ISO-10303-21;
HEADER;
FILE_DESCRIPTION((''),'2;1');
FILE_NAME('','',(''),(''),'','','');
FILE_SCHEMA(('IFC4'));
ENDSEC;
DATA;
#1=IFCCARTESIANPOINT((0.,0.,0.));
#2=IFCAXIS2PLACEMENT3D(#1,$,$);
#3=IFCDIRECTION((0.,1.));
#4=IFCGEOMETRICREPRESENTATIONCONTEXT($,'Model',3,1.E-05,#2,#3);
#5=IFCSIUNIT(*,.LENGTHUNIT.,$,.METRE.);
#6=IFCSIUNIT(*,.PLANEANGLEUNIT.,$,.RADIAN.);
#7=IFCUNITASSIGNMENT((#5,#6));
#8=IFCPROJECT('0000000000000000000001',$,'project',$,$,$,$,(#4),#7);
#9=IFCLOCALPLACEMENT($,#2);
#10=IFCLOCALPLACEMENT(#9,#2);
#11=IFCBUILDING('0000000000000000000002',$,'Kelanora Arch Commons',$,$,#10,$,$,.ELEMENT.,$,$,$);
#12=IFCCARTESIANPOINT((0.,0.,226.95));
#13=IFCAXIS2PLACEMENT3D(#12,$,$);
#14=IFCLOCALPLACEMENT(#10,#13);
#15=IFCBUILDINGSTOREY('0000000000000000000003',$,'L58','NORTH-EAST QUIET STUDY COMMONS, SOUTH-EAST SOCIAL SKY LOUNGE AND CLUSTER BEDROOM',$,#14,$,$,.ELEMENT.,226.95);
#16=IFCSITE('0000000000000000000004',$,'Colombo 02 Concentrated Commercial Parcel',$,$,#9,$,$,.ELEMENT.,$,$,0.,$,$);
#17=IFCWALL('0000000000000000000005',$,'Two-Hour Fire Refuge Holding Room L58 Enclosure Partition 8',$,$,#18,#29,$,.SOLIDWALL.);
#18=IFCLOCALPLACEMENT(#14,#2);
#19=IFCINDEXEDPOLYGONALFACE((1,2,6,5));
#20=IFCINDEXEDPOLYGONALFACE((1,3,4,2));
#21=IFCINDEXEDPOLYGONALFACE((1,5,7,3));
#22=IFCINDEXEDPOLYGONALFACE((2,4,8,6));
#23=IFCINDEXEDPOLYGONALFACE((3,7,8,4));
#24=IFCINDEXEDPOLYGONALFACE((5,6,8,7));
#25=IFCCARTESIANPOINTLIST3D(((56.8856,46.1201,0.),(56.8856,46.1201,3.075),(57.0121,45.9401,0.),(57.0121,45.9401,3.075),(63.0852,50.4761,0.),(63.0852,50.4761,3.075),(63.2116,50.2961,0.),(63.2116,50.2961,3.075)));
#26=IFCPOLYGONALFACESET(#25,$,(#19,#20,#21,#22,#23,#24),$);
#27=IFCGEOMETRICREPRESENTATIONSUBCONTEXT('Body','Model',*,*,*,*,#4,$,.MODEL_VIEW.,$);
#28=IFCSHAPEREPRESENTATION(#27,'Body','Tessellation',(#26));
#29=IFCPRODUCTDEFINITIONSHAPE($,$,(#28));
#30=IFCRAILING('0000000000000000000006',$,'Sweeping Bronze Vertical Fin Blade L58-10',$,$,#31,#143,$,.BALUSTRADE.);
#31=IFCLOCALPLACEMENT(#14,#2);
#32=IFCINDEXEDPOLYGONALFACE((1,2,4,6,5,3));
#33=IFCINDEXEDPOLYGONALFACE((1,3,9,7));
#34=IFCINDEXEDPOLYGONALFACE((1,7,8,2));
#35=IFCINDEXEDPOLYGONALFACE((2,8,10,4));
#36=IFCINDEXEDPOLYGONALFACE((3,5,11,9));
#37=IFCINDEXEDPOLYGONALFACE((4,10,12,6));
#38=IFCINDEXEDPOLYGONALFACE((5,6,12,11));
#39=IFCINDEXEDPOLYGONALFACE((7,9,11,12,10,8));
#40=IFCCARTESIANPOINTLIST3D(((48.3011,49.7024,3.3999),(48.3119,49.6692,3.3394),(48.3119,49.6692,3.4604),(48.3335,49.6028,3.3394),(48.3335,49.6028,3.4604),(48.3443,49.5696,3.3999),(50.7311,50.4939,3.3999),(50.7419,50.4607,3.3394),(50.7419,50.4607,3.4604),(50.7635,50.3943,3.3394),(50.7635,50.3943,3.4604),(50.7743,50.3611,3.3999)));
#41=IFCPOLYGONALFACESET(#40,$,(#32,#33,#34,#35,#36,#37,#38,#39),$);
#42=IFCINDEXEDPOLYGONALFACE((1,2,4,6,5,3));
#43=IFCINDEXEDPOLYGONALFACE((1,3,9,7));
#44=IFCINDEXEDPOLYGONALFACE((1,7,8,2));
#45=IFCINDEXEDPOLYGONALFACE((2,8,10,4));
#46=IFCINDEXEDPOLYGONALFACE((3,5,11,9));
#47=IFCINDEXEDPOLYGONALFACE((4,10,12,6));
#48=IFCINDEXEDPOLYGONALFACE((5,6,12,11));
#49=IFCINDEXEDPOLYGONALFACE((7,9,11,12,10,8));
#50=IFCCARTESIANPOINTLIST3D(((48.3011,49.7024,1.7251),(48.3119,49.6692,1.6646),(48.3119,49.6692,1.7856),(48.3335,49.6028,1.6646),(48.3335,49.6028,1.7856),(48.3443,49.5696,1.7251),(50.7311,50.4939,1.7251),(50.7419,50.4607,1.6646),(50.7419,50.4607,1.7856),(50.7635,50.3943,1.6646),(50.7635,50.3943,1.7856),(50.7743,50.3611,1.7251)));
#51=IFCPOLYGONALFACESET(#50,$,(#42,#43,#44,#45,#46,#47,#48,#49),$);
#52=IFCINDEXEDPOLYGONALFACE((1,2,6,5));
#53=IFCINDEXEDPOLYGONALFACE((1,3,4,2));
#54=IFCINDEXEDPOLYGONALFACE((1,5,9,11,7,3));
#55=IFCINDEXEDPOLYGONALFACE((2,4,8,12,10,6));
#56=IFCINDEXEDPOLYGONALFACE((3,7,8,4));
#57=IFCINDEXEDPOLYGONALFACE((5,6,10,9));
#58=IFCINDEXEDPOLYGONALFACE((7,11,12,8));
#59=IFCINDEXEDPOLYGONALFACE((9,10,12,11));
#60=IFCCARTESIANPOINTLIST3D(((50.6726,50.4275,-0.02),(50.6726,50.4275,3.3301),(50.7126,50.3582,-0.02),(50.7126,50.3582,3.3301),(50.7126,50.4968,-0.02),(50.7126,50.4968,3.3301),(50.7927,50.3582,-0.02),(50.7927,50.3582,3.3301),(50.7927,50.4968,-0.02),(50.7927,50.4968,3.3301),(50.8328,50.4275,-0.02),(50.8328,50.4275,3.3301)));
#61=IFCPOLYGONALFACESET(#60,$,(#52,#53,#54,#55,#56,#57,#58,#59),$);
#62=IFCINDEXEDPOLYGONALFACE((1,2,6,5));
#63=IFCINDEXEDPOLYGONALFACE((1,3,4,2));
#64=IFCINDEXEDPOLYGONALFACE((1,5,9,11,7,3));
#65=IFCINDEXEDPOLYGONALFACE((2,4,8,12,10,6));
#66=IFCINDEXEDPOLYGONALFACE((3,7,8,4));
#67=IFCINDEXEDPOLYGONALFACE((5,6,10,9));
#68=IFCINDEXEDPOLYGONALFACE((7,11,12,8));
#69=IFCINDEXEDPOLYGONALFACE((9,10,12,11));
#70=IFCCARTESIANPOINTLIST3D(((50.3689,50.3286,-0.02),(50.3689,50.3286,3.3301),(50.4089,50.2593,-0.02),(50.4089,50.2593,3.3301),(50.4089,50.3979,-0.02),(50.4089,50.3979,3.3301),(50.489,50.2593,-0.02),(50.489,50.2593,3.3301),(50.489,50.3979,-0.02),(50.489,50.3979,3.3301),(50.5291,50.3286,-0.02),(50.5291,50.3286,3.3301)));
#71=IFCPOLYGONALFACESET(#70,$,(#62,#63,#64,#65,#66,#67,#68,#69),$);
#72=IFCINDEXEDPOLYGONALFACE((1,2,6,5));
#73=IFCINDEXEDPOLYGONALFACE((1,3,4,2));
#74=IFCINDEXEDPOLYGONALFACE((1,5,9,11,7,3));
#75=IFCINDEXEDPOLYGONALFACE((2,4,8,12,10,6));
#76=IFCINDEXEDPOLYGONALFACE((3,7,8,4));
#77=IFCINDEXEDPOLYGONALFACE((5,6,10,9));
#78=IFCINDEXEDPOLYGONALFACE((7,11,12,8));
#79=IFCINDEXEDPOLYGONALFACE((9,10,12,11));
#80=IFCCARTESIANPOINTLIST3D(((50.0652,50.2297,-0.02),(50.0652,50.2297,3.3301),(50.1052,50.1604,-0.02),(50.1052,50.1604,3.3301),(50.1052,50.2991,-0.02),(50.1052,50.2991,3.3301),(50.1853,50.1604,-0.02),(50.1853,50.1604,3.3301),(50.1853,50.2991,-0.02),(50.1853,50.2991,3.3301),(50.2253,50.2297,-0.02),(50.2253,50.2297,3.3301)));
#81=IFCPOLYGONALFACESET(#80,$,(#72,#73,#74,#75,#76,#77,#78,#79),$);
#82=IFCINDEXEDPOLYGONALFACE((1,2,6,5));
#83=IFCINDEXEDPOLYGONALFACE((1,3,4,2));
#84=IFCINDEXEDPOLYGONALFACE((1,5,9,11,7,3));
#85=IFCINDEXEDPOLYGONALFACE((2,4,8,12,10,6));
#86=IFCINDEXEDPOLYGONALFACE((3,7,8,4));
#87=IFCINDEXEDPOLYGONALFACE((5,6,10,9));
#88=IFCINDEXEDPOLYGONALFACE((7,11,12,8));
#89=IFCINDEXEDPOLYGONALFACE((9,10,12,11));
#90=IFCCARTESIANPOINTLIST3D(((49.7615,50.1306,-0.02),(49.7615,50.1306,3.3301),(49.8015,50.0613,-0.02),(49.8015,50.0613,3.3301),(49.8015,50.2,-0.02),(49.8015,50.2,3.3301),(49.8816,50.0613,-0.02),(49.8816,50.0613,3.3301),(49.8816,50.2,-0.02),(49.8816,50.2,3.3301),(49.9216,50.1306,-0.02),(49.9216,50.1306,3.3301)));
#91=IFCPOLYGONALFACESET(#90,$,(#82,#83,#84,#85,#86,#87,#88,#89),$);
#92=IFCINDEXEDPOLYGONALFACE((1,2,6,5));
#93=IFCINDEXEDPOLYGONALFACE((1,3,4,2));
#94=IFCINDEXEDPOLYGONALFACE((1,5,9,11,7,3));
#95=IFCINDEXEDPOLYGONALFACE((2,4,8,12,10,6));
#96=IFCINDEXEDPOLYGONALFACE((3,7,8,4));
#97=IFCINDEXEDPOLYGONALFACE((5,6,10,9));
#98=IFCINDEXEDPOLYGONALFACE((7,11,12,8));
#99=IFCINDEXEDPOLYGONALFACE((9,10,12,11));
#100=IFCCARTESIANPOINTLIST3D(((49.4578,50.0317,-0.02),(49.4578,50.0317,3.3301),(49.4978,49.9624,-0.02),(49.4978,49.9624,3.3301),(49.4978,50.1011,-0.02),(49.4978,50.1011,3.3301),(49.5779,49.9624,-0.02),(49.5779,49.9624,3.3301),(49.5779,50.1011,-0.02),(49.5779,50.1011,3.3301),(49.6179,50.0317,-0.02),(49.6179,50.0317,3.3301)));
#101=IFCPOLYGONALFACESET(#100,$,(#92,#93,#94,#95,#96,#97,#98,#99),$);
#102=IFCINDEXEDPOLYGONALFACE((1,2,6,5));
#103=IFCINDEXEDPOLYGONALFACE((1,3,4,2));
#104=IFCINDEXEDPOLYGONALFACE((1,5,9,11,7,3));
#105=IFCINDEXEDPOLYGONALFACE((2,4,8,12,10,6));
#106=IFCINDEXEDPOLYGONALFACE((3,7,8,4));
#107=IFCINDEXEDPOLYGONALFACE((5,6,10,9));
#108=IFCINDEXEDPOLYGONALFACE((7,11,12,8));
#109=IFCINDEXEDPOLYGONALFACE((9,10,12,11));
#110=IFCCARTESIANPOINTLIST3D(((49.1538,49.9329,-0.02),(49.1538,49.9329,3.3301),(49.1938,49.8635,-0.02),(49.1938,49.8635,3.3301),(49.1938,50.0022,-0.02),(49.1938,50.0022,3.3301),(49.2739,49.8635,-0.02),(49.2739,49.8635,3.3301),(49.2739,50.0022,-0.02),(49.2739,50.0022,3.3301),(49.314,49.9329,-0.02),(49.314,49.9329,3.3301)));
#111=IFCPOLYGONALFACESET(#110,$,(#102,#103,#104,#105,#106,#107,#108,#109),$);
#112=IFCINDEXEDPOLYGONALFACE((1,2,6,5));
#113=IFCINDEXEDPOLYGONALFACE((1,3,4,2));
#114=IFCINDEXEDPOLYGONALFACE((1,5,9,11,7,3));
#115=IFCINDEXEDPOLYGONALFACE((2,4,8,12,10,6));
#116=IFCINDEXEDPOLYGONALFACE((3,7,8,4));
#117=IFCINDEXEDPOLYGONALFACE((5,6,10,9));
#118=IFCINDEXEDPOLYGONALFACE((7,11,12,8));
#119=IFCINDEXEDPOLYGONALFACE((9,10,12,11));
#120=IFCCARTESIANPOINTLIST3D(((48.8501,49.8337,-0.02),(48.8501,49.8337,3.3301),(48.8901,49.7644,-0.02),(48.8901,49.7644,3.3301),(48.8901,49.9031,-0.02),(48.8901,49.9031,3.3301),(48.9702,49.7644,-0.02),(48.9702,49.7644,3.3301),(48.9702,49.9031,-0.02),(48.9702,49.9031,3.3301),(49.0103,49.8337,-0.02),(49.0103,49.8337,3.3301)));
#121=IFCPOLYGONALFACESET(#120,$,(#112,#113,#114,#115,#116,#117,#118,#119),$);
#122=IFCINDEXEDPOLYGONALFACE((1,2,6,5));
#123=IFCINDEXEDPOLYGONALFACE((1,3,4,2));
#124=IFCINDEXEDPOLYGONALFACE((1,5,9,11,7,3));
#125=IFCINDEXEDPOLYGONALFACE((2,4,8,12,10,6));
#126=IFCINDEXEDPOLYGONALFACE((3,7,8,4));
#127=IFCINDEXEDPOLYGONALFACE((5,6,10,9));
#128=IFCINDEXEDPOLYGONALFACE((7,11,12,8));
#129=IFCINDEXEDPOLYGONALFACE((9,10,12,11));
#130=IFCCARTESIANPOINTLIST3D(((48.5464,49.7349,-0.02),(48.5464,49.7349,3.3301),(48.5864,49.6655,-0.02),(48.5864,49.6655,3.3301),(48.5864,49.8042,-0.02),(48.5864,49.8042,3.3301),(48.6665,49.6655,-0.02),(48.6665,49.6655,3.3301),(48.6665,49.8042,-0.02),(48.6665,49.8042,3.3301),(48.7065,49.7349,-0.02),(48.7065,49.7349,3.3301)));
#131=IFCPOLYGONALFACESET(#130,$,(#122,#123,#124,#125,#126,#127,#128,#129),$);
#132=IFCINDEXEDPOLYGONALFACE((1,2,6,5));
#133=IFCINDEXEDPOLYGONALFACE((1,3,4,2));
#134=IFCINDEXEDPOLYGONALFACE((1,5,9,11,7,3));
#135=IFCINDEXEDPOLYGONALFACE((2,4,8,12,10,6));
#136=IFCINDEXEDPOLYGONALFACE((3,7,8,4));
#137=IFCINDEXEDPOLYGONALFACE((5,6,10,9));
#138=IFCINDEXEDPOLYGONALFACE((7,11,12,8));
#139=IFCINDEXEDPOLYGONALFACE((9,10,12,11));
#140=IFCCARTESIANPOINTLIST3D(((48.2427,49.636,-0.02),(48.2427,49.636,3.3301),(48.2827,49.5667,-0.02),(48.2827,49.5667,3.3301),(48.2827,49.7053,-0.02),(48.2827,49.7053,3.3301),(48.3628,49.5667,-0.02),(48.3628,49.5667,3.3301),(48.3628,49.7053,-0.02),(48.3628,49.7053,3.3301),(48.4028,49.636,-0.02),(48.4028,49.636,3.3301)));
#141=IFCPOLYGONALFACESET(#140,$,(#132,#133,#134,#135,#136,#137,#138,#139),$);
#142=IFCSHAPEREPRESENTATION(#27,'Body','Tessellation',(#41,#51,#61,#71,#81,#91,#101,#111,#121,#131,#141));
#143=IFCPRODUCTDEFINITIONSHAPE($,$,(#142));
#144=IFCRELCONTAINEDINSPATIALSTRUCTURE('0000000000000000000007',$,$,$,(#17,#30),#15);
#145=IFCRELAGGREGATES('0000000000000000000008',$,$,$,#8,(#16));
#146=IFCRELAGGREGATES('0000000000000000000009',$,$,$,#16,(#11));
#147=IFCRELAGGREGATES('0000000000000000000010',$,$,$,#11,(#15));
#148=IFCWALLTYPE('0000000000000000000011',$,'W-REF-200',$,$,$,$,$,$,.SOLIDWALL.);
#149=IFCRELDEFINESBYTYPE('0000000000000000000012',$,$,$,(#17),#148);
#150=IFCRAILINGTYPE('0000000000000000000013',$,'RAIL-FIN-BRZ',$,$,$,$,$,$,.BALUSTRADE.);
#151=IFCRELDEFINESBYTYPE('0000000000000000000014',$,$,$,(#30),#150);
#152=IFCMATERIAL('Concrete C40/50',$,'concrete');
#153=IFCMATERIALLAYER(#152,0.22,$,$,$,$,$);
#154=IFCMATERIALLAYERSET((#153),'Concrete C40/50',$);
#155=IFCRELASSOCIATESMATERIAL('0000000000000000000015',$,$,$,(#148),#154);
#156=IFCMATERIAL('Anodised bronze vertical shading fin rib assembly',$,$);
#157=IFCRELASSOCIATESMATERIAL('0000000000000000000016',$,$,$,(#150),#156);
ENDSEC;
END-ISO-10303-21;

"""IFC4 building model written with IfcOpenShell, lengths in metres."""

from ifc_helpers import new_model, si_unit, direction, frame, frame_2d, origin, place, context, subcontext, project, spatial, polyline, rectangle, outline, extrude, material, layer, layer_set, type_object, element, save


model = new_model("IFC4")

# Units and contexts
model_context = context("Model", 3, precision=1e-05, world=origin(), true_north=direction((0.0, 1.0)))
body_context = subcontext(model_context, "Body", "Model", "MODEL_VIEW")
ifc_project = project(units=[si_unit("LENGTHUNIT", "METRE"), si_unit("PLANEANGLEUNIT", "RADIAN")], contexts=[model_context])

# Site, building, storey
site_placement = place(None, origin())
site = spatial("IfcSite", under=ifc_project, at=site_placement, Name="Colombo 02 Concentrated Commercial Parcel", CompositionType="ELEMENT", RefElevation=0.0)
building_placement = place(site_placement, origin())
building = spatial("IfcBuilding", under=site, at=building_placement, Name="Kelanora Arch Commons", CompositionType="ELEMENT")
storey_placement = place(building_placement, frame((0.0, 0.0, 226.95)))
storey = spatial("IfcBuildingStorey", under=building, at=storey_placement, Name="L58", Description="NORTH-EAST QUIET STUDY COMMONS, SOUTH-EAST SOCIAL SKY LOUNGE AND CLUSTER BEDROOM", CompositionType="ELEMENT", Elevation=226.95)

# Shared definitions
ifc_material_1 = material(Name="Concrete C40/50", Category="concrete")

# Wall
ifc_layer_1 = layer(ifc_material_1, 0.22)
ifc_layer_set_1 = layer_set([ifc_layer_1], Name="Concrete C40/50")
wall_type_1 = type_object("IfcWallType", Name="W-REF-200", PredefinedType="SOLIDWALL", material=ifc_layer_set_1)
wall_1_placement = place(storey_placement, frame((56.9487, 46.03, 0.0), z_axis=(0.0, 0.0, 1.0), x_axis=(0.818218, 0.574908, 0.0)))
element("IfcWall", 1, at=wall_1_placement, inside=storey, type_object=wall_type_1, Name="Two-Hour Fire Refuge Holding Room L58 Enclosure Partition 8", PredefinedType="SOLIDWALL", context=body_context, shape_type="SweptSolid", body=[
    extrude(rectangle(XDim=7.5769, YDim=0.22, at=frame_2d((3.7886, 0.0))), origin(), (0.0, 0.0, 1.0), 3.075),
])

# Railing
ifc_material_2 = material(Name="Anodised bronze vertical shading fin rib assembly")
railing_type = type_object("IfcRailingType", Name="RAIL-FIN-BRZ", PredefinedType="BALUSTRADE", material=ifc_material_2)
railing_1_placement = place(storey_placement, frame((50.7527, 50.4275, -0.02)))
element("IfcRailing", 2, at=railing_1_placement, inside=storey, type_object=railing_type, Name="Sweeping Bronze Vertical Fin Blade L58-10", PredefinedType="BALUSTRADE", context=body_context, shape_type="SweptSolid", body=[
    extrude(outline(polyline([(0.0698, 0.0), (0.0349, 0.0605), (-0.0349, 0.0605), (-0.0698, 0.0), (-0.0349, -0.0605), (0.0349, -0.0605), (0.0698, 0.0)])), frame((0.0, 0.0, 3.4199), z_axis=(-0.95083, -0.309715, 0.0), x_axis=(0.309715, -0.95083, 0.0)), (0.0, 0.0, 1.0), 2.5557),
    extrude(outline(polyline([(0.0698, 0.0), (0.0349, 0.0605), (-0.0349, 0.0605), (-0.0698, 0.0), (-0.0349, -0.0605), (0.0349, -0.0605), (0.0698, 0.0)])), frame((0.0, 0.0, 1.7451), z_axis=(-0.95083, -0.309715, 0.0), x_axis=(0.309715, -0.95083, 0.0)), (0.0, 0.0, 1.0), 2.5557),
    extrude(outline(polyline([(0.0801, 0.0), (0.04, 0.0693), (-0.04, 0.0693), (-0.0801, 0.0), (-0.04, -0.0693), (0.04, -0.0693), (0.0801, 0.0)])), origin(), (0.0, 0.0, 1.0), 3.3501),
    extrude(outline(polyline([(0.0801, 0.0), (0.04, 0.0693), (-0.04, 0.0693), (-0.0801, 0.0), (-0.04, -0.0693), (0.04, -0.0693), (0.0801, 0.0)])), frame((-0.3037, -0.0989, 0.0)), (0.0, 0.0, 1.0), 3.3501),
    extrude(outline(polyline([(0.0801, 0.0), (0.04, 0.0693), (-0.04, 0.0693), (-0.0801, 0.0), (-0.04, -0.0693), (0.04, -0.0693), (0.0801, 0.0)])), frame((-0.6074, -0.1978, 0.0)), (0.0, 0.0, 1.0), 3.3501),
    extrude(outline(polyline([(0.0801, 0.0), (0.04, 0.0693), (-0.04, 0.0693), (-0.0801, 0.0), (-0.04, -0.0693), (0.04, -0.0693), (0.0801, 0.0)])), frame((-0.9111, -0.2969, 0.0)), (0.0, 0.0, 1.0), 3.3501),
    extrude(outline(polyline([(0.0801, 0.0), (0.04, 0.0693), (-0.04, 0.0693), (-0.0801, 0.0), (-0.04, -0.0693), (0.04, -0.0693), (0.0801, 0.0)])), frame((-1.2148, -0.3958, 0.0)), (0.0, 0.0, 1.0), 3.3501),
    extrude(outline(polyline([(0.0801, 0.0), (0.04, 0.0693), (-0.04, 0.0693), (-0.0801, 0.0), (-0.04, -0.0693), (0.04, -0.0693), (0.0801, 0.0)])), frame((-1.5188, -0.4946, 0.0)), (0.0, 0.0, 1.0), 3.3501),
    extrude(outline(polyline([(0.0801, 0.0), (0.04, 0.0693), (-0.04, 0.0693), (-0.0801, 0.0), (-0.04, -0.0693), (0.04, -0.0693), (0.0801, 0.0)])), frame((-1.8225, -0.5938, 0.0)), (0.0, 0.0, 1.0), 3.3501),
    extrude(outline(polyline([(0.0801, 0.0), (0.04, 0.0693), (-0.04, 0.0693), (-0.0801, 0.0), (-0.04, -0.0693), (0.04, -0.0693), (0.0801, 0.0)])), frame((-2.1262, -0.6926, 0.0)), (0.0, 0.0, 1.0), 3.3501),
    extrude(outline(polyline([(0.0801, 0.0), (0.04, 0.0693), (-0.04, 0.0693), (-0.0801, 0.0), (-0.04, -0.0693), (0.04, -0.0693), (0.0801, 0.0)])), frame((-2.4299, -0.7915, 0.0)), (0.0, 0.0, 1.0), 3.3501),
])

save(model, "model.ifc")
